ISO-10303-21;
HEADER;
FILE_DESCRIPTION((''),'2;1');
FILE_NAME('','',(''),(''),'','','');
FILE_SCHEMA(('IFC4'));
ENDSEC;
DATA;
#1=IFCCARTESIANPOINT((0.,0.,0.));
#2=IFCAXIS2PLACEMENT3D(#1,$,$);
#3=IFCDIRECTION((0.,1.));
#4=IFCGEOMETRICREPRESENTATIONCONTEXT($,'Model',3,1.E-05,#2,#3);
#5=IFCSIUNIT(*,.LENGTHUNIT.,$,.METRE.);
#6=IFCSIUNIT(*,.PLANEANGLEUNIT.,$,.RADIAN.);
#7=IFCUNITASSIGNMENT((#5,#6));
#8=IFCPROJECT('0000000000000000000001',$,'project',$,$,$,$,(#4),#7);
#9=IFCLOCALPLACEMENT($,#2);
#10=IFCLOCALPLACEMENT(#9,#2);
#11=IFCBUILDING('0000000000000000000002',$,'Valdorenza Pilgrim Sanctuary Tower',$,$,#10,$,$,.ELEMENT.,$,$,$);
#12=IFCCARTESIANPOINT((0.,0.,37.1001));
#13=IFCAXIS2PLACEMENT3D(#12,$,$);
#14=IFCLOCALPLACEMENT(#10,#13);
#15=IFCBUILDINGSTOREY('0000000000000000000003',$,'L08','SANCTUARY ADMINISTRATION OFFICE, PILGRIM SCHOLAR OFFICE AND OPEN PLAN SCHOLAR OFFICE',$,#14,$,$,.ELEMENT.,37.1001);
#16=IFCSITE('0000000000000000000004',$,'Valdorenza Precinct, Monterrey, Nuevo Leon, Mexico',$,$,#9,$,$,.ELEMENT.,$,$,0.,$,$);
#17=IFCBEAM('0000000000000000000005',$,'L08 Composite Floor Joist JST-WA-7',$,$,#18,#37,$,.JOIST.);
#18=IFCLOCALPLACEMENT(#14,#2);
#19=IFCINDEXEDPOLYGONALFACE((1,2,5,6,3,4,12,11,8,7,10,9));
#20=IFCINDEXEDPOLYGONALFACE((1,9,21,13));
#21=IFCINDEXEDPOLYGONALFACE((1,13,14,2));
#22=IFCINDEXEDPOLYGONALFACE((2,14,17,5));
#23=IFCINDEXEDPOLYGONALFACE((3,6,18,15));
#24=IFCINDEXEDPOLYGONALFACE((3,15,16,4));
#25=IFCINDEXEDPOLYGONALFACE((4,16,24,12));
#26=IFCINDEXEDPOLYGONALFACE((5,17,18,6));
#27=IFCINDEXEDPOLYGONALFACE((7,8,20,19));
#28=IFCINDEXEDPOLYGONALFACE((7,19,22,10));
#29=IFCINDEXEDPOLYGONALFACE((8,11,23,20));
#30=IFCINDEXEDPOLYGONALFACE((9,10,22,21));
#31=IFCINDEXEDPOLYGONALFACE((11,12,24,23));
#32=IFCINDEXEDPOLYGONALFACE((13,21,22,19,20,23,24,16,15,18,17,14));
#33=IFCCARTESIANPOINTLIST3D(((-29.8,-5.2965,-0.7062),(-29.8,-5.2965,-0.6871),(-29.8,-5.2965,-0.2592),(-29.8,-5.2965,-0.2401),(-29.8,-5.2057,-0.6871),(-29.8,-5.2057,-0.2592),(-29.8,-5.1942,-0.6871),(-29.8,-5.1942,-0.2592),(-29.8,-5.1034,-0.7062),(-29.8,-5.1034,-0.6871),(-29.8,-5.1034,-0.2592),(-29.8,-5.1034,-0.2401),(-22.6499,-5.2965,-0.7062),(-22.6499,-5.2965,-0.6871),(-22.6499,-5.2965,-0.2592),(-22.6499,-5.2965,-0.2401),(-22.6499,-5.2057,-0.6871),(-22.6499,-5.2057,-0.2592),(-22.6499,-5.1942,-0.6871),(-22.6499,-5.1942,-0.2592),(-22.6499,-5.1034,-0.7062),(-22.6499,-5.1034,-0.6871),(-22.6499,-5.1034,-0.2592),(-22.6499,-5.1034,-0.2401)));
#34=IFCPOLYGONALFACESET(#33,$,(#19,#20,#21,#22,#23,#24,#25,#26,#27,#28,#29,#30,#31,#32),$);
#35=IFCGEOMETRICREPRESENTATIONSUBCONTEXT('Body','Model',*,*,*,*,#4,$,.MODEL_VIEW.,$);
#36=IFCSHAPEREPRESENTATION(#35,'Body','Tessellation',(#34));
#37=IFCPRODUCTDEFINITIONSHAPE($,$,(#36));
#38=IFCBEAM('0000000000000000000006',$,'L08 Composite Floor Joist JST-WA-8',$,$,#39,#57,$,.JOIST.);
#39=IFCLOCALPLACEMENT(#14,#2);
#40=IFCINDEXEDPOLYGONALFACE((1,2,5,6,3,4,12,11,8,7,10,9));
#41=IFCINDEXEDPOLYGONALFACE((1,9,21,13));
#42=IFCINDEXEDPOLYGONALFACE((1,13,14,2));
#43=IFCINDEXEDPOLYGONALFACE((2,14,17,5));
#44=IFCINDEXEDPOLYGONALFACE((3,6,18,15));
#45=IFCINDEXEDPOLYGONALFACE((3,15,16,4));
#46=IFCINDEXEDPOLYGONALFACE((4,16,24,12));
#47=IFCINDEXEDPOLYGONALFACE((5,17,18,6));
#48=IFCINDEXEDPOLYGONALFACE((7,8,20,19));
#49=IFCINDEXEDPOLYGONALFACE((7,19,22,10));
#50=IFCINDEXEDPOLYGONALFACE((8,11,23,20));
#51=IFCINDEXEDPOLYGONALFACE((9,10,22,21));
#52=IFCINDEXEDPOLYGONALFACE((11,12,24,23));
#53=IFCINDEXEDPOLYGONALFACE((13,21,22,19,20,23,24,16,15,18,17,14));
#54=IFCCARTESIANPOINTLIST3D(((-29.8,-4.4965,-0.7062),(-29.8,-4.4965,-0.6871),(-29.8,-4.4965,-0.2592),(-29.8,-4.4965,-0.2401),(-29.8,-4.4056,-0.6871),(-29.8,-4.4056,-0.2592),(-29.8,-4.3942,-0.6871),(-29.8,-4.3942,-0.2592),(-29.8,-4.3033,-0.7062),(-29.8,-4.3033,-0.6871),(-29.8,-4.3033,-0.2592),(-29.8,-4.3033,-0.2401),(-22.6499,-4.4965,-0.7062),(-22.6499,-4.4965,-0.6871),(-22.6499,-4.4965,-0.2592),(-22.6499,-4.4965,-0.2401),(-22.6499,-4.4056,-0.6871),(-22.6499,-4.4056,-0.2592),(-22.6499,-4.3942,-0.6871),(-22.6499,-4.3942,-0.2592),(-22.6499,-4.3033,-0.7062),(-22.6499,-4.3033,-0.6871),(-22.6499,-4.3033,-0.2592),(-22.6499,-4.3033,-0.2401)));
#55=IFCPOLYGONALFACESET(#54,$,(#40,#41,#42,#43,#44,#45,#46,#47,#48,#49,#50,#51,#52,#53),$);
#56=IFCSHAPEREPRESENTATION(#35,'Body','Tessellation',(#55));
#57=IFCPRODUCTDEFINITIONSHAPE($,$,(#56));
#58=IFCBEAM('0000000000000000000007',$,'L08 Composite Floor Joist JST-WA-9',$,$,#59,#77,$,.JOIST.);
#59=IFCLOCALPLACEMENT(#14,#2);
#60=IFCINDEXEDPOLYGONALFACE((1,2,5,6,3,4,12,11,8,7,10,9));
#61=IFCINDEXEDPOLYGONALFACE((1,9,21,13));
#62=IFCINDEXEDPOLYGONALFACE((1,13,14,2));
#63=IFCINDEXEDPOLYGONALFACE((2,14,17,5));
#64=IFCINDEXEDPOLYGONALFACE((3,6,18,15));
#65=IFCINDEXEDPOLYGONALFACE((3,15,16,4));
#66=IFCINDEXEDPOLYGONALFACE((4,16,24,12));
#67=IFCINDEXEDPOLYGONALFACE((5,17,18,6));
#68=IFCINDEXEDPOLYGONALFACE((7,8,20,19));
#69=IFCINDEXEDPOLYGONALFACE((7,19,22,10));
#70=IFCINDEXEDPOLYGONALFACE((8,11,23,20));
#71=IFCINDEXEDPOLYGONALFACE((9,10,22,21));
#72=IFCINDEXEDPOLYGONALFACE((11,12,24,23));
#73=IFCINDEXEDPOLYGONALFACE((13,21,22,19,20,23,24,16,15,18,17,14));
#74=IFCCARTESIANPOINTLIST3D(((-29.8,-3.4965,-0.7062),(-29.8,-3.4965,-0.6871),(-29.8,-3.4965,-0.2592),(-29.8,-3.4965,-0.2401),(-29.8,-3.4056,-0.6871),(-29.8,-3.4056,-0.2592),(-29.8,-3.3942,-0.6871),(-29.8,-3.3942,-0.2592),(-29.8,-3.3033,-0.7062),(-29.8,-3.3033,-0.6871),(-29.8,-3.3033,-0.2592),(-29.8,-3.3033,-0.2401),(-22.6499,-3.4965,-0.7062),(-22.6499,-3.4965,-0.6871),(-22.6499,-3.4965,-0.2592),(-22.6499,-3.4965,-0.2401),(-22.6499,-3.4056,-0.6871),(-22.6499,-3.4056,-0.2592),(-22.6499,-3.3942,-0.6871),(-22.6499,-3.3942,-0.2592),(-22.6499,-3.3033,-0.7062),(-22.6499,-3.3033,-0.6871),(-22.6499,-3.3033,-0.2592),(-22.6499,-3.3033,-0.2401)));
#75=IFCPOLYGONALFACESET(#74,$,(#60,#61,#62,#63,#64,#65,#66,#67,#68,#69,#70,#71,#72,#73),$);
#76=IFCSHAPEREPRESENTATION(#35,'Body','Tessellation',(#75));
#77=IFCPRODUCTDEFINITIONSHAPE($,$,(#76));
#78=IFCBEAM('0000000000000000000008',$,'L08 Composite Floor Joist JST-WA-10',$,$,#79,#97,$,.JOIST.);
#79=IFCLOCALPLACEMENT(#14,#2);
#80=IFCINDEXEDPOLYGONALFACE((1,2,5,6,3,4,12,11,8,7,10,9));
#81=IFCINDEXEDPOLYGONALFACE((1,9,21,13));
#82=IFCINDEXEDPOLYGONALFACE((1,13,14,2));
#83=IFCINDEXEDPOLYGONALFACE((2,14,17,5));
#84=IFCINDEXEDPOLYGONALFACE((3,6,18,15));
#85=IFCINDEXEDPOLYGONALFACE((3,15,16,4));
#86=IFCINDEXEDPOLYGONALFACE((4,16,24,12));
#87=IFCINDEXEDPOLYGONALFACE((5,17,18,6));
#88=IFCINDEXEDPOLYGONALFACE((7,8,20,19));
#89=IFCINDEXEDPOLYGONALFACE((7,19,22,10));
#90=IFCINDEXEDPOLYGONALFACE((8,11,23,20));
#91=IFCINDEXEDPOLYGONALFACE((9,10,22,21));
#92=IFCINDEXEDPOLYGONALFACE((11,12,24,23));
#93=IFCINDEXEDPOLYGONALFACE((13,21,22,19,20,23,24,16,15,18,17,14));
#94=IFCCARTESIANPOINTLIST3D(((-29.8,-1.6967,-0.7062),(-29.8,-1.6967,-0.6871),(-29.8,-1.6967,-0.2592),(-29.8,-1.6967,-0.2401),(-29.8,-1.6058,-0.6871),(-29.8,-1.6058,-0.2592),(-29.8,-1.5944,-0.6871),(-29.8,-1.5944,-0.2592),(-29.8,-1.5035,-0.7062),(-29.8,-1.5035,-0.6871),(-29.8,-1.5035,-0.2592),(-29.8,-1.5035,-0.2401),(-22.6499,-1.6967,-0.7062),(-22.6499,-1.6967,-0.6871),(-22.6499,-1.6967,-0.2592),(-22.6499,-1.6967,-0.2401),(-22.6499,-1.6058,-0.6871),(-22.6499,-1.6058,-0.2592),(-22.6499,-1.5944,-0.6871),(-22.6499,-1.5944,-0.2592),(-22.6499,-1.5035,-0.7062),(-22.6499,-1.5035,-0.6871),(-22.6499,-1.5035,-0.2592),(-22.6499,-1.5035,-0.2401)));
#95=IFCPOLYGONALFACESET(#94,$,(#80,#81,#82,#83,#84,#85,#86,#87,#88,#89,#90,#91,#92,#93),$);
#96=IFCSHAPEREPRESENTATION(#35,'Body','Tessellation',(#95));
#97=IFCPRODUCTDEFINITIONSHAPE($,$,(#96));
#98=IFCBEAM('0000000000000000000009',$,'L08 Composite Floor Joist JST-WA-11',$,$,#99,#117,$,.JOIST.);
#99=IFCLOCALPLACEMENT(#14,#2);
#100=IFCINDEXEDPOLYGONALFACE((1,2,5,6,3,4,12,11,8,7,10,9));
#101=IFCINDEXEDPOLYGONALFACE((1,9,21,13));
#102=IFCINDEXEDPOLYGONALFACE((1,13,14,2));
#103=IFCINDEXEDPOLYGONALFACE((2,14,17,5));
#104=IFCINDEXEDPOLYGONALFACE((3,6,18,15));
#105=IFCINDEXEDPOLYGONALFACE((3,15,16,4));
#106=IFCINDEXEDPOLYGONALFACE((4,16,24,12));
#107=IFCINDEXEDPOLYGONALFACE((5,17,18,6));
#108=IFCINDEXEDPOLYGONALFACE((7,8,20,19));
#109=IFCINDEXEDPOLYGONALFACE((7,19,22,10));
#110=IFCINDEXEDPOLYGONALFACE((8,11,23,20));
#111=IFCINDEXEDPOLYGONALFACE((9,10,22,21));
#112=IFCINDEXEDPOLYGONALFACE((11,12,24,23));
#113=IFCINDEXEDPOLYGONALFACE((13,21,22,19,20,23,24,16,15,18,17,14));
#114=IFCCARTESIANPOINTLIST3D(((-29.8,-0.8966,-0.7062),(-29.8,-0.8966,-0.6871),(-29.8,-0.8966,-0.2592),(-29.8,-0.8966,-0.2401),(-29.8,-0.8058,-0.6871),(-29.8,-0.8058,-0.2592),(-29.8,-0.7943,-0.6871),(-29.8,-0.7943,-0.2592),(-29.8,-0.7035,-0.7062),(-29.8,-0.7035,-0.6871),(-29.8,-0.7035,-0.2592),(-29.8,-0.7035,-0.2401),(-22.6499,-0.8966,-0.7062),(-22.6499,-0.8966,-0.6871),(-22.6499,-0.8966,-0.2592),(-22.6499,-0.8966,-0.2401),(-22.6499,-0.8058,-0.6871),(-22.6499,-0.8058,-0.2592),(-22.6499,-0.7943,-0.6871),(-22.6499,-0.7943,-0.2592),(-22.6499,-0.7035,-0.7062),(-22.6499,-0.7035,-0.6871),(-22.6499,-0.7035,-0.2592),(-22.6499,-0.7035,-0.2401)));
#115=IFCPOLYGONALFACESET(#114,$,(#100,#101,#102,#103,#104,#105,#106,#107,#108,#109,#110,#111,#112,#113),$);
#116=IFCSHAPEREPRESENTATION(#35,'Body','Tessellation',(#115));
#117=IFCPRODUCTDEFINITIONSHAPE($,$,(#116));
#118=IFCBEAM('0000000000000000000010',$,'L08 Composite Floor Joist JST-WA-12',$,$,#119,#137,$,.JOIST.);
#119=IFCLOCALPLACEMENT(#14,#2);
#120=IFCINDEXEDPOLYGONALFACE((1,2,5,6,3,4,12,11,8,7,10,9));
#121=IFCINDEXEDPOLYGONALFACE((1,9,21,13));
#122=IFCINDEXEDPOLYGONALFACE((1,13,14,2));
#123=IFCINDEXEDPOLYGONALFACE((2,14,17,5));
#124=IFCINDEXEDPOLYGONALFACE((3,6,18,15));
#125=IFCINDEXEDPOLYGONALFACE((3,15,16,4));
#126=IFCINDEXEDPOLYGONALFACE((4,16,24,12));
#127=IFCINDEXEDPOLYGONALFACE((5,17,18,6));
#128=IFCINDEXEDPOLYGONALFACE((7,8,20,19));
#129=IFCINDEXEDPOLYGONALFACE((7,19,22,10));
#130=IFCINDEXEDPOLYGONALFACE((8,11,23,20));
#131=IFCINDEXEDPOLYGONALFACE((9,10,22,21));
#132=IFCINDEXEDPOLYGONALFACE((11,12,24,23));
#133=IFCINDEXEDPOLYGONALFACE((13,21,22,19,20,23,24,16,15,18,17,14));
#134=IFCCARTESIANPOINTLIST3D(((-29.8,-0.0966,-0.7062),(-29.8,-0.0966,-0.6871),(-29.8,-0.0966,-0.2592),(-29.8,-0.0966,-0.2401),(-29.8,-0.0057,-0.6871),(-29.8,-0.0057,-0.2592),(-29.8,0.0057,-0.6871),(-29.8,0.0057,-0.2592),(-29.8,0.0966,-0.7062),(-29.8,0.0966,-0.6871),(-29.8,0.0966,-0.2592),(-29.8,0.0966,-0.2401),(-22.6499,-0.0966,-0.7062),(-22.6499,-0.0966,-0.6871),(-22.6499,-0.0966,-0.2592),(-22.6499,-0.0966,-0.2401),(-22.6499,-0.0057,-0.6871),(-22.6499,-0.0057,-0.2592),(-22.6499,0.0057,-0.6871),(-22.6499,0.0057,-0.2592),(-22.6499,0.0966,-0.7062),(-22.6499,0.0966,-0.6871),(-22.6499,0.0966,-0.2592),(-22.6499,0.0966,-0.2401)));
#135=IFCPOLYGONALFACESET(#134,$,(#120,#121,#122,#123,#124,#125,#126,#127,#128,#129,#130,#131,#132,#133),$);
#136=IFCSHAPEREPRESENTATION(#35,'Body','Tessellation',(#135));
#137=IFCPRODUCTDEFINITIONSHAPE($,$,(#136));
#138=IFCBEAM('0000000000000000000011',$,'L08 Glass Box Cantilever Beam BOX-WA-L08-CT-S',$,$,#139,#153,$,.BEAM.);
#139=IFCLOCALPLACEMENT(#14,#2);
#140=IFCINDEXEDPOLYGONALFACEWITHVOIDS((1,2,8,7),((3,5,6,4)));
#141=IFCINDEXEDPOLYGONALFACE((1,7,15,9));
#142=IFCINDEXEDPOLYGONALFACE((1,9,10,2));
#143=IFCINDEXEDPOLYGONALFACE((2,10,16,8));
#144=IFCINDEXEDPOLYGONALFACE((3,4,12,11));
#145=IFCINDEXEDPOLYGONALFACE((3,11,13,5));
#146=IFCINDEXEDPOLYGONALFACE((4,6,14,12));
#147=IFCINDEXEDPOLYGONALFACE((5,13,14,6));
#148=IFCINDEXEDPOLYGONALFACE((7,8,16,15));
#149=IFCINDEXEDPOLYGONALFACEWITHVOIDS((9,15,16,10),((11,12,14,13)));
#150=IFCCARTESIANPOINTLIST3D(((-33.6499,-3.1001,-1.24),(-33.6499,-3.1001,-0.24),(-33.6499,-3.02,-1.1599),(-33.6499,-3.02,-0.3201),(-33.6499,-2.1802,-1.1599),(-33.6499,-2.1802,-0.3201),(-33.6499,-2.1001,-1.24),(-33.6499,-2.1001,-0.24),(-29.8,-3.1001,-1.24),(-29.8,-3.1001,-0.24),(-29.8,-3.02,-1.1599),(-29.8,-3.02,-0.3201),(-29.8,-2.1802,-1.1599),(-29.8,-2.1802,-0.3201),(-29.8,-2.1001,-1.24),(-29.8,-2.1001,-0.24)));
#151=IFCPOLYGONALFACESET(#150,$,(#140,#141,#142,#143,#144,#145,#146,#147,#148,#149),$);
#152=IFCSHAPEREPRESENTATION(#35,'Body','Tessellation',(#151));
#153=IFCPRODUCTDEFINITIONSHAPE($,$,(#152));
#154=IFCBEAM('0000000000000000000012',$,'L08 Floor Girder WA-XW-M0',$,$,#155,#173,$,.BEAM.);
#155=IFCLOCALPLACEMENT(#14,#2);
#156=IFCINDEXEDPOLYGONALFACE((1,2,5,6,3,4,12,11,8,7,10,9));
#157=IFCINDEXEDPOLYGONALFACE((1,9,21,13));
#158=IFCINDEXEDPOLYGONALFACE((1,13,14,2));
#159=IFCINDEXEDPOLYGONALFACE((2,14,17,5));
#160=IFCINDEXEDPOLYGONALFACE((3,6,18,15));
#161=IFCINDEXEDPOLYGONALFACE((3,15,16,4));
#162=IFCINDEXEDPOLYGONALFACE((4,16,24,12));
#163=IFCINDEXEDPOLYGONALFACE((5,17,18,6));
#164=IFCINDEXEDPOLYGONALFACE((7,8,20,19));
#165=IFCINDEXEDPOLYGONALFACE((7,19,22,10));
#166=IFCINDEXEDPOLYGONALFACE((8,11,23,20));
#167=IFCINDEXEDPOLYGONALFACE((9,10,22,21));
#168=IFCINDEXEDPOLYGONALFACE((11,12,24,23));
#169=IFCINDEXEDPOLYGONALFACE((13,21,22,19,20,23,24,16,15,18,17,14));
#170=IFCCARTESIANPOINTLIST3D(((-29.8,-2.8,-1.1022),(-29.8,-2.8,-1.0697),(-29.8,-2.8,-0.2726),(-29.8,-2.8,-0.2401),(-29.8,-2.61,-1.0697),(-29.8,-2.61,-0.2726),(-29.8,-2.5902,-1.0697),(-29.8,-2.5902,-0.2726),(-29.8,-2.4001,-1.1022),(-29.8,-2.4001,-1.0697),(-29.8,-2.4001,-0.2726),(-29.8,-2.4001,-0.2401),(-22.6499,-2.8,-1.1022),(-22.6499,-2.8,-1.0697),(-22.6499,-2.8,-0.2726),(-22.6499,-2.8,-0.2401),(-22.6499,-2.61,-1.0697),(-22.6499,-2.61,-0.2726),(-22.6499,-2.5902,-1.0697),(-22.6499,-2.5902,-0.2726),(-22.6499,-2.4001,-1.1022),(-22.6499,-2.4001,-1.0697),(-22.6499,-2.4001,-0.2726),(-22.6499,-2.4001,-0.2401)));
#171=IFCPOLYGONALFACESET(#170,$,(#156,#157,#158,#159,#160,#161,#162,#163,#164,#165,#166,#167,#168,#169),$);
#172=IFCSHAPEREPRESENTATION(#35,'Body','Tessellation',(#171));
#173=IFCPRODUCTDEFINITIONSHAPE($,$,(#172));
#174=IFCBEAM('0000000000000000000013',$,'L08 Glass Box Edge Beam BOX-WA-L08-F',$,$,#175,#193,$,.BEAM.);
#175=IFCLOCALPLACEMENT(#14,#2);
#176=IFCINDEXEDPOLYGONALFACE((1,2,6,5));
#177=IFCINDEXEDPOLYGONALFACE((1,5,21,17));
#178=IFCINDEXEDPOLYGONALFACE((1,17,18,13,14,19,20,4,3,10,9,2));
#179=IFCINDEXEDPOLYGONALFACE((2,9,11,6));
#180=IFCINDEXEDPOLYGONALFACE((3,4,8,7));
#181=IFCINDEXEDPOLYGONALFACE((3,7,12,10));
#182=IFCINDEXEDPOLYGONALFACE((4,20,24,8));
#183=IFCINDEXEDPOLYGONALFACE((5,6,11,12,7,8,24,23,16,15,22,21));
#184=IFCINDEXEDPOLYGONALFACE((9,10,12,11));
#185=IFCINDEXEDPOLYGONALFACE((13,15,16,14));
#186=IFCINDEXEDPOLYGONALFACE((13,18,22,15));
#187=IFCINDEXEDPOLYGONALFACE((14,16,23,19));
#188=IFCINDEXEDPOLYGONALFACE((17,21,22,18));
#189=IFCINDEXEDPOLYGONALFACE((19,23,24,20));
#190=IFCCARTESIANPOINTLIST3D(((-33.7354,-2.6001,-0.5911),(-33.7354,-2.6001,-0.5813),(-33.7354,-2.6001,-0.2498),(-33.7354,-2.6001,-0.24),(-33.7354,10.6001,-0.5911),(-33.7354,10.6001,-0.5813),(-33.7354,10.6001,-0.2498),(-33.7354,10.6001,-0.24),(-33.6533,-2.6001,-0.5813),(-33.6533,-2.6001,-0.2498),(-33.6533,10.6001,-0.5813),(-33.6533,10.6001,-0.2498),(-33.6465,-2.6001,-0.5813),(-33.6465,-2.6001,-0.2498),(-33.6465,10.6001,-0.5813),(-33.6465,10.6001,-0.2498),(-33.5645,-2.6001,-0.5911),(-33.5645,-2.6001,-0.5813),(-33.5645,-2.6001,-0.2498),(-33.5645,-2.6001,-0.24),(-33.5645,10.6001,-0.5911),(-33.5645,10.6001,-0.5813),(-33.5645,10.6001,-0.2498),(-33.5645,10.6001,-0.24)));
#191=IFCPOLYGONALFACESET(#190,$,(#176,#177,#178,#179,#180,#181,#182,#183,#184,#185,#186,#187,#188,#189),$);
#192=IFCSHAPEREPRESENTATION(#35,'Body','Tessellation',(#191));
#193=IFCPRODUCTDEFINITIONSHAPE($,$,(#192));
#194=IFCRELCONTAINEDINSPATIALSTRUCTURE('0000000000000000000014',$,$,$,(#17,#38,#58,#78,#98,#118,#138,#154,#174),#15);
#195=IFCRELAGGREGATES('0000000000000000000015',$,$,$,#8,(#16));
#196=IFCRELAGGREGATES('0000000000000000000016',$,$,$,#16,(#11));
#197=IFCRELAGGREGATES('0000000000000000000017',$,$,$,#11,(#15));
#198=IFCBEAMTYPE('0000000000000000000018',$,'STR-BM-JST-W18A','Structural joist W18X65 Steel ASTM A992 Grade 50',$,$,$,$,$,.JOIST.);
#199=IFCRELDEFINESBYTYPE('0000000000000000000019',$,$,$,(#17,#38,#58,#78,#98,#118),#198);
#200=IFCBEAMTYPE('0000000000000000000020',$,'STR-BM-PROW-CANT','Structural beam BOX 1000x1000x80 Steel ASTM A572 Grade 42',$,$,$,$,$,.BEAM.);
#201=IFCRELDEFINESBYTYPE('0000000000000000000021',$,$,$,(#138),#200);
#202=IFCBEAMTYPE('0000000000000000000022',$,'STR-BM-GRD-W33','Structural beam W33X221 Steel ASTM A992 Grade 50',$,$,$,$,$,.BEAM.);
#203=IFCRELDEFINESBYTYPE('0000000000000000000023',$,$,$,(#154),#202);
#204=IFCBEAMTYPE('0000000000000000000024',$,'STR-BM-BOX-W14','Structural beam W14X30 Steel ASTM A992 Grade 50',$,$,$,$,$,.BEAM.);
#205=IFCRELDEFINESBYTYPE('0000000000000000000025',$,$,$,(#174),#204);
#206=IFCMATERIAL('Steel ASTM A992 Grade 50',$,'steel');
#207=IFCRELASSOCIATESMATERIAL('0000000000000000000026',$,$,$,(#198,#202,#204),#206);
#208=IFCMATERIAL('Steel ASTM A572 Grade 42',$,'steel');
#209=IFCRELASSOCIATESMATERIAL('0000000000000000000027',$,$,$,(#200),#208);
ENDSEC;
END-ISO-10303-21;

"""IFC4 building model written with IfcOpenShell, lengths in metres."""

from ifc_helpers import new_model, si_unit, direction, frame, origin, origin_2d, place, context, subcontext, project, spatial, hollow_rectangle, i_section, extrude, source, transform, mapped, material, material_profile, profile_set, type_object, element, save


model = new_model("IFC4")

# Units and contexts
model_context = context("Model", 3, precision=1e-05, world=origin(), true_north=direction((0.0, 1.0)))
body_context = subcontext(model_context, "Body", "Model", "MODEL_VIEW")
ifc_project = project(units=[si_unit("LENGTHUNIT", "METRE"), si_unit("PLANEANGLEUNIT", "RADIAN")], contexts=[model_context])

# Site, building, storey
site_placement = place(None, origin())
site = spatial("IfcSite", under=ifc_project, at=site_placement, Name="Valdorenza Precinct, Monterrey, Nuevo Leon, Mexico", CompositionType="ELEMENT", RefElevation=0.0)
building_placement = place(site_placement, origin())
building = spatial("IfcBuilding", under=site, at=building_placement, Name="Valdorenza Pilgrim Sanctuary Tower", CompositionType="ELEMENT")
storey_placement = place(building_placement, frame((0.0, 0.0, 37.1001)))
storey = spatial("IfcBuildingStorey", under=building, at=storey_placement, Name="L08", Description="SANCTUARY ADMINISTRATION OFFICE, PILGRIM SCHOLAR OFFICE AND OPEN PLAN SCHOLAR OFFICE", CompositionType="ELEMENT", Elevation=37.1001)

# Beams
ifc_material_1 = material(Name="Steel ASTM A992 Grade 50", Category="steel")
ifc_material_profile_1 = material_profile(ifc_material_1, i_section(OverallWidth=0.1931, OverallDepth=0.4661, WebThickness=0.0115, FlangeThickness=0.019, at=origin_2d()), Name="W18X65")
ifc_profile_set_1 = profile_set([ifc_material_profile_1], Name="Steel ASTM A992 Grade 50")
beam_type_1 = type_object("IfcBeamType", Name="STR-BM-JST-W18A", Description="Structural joist W18X65 Steel ASTM A992 Grade 50", PredefinedType="JOIST", material=ifc_profile_set_1)
shared_shape_1 = source(origin(), body_context, "Body", "SweptSolid", [
    extrude(i_section(OverallWidth=0.1931, OverallDepth=0.4661, WebThickness=0.0115, FlangeThickness=0.019, at=origin_2d()), origin(), (0.0, 0.0, 1.0), 7.1501),
])
for number, where, z_axis, x_axis, name in (
    (1, (-29.8, -5.2, -0.4731), (1.0, 0.0, 0.0), (0.0, 1.0, 0.0), "L08 Composite Floor Joist JST-WA-7"),
    (2, (-29.8, -4.3999, -0.4731), (1.0, 0.0, 0.0), (0.0, 1.0, 0.0), "L08 Composite Floor Joist JST-WA-8"),
    (3, (-29.8, -3.3999, -0.4731), (1.0, 0.0, 0.0), (0.0, 1.0, 0.0), "L08 Composite Floor Joist JST-WA-9"),
    (4, (-29.8, -1.6001, -0.4731), (1.0, 0.0, 0.0), (0.0, 1.0, 0.0), "L08 Composite Floor Joist JST-WA-10"),
    (5, (-29.8, -0.8, -0.4731), (1.0, 0.0, 0.0), (0.0, 1.0, 0.0), "L08 Composite Floor Joist JST-WA-11"),
    (6, (-29.8, 0.0, -0.4731), (1.0, 0.0, 0.0), (0.0, 1.0, 0.0), "L08 Composite Floor Joist JST-WA-12"),
):
    element("IfcBeam", number, at=place(storey_placement, frame(where, z_axis=z_axis, x_axis=x_axis)), inside=storey, type_object=beam_type_1, Name=name, PredefinedType="JOIST", context=body_context, shape_type="MappedRepresentation", body=[
        mapped(shared_shape_1, transform((0.0, 0.0, 0.0), x_axis=(1.0, 0.0, 0.0), y_axis=(0.0, 1.0, 0.0), z_axis=(0.0, 0.0, 1.0), scale=1.0)),
    ])
ifc_material_2 = material(Name="Steel ASTM A572 Grade 42", Category="steel")
ifc_material_profile_2 = material_profile(ifc_material_2, hollow_rectangle(XDim=1.0, YDim=1.0, WallThickness=0.0801, at=origin_2d()), Name="BOX 1000x1000x80")
ifc_profile_set_2 = profile_set([ifc_material_profile_2], Name="Steel ASTM A572 Grade 42")
beam_type_2 = type_object("IfcBeamType", Name="STR-BM-PROW-CANT", Description="Structural beam BOX 1000x1000x80 Steel ASTM A572 Grade 42", PredefinedType="BEAM", material=ifc_profile_set_2)
shared_shape_2 = source(origin(), body_context, "Body", "SweptSolid", [
    extrude(hollow_rectangle(XDim=1.0, YDim=1.0, WallThickness=0.0801, at=origin_2d()), origin(), (0.0, 0.0, 1.0), 3.8499),
])
beam_1_placement = place(storey_placement, frame((-29.8, -2.6001, -0.74), z_axis=(-1.0, 0.0, 0.0), x_axis=(0.0, -1.0, 0.0)))
element("IfcBeam", 7, at=beam_1_placement, inside=storey, type_object=beam_type_2, Name="L08 Glass Box Cantilever Beam BOX-WA-L08-CT-S", PredefinedType="BEAM", context=body_context, shape_type="MappedRepresentation", body=[
    mapped(shared_shape_2, transform((0.0, 0.0, 0.0), x_axis=(1.0, 0.0, 0.0), y_axis=(0.0, 1.0, 0.0), z_axis=(0.0, 0.0, 1.0), scale=1.0)),
])
ifc_material_profile_3 = material_profile(ifc_material_1, i_section(OverallWidth=0.3999, OverallDepth=0.8621, WebThickness=0.0198, FlangeThickness=0.0325, at=origin_2d()), Name="W33X221")
ifc_profile_set_3 = profile_set([ifc_material_profile_3], Name="Steel ASTM A992 Grade 50")
beam_type_3 = type_object("IfcBeamType", Name="STR-BM-GRD-W33", Description="Structural beam W33X221 Steel ASTM A992 Grade 50", PredefinedType="BEAM", material=ifc_profile_set_3)
shared_shape_3 = source(origin(), body_context, "Body", "SweptSolid", [
    extrude(i_section(OverallWidth=0.3999, OverallDepth=0.8621, WebThickness=0.0198, FlangeThickness=0.0325, at=origin_2d()), origin(), (0.0, 0.0, 1.0), 7.1501),
])
beam_2_placement = place(storey_placement, frame((-29.8, -2.6001, -0.6711), z_axis=(1.0, 0.0, 0.0), x_axis=(0.0, 1.0, 0.0)))
element("IfcBeam", 8, at=beam_2_placement, inside=storey, type_object=beam_type_3, Name="L08 Floor Girder WA-XW-M0", PredefinedType="BEAM", context=body_context, shape_type="MappedRepresentation", body=[
    mapped(shared_shape_3, transform((0.0, 0.0, 0.0), x_axis=(1.0, 0.0, 0.0), y_axis=(0.0, 1.0, 0.0), z_axis=(0.0, 0.0, 1.0), scale=1.0)),
])
ifc_material_profile_4 = material_profile(ifc_material_1, i_section(OverallWidth=0.1709, OverallDepth=0.3511, WebThickness=0.0068, FlangeThickness=0.0098, at=origin_2d()), Name="W14X30")
ifc_profile_set_4 = profile_set([ifc_material_profile_4], Name="Steel ASTM A992 Grade 50")
beam_type_4 = type_object("IfcBeamType", Name="STR-BM-BOX-W14", Description="Structural beam W14X30 Steel ASTM A992 Grade 50", PredefinedType="BEAM", material=ifc_profile_set_4)
shared_shape_4 = source(origin(), body_context, "Body", "SweptSolid", [
    extrude(i_section(OverallWidth=0.1709, OverallDepth=0.3511, WebThickness=0.0068, FlangeThickness=0.0098, at=origin_2d()), origin(), (0.0, 0.0, 1.0), 13.2002),
])
beam_3_placement = place(storey_placement, frame((-33.6499, -2.6001, -0.4155), z_axis=(0.0, 1.0, 0.0), x_axis=(-1.0, 0.0, 0.0)))
element("IfcBeam", 9, at=beam_3_placement, inside=storey, type_object=beam_type_4, Name="L08 Glass Box Edge Beam BOX-WA-L08-F", PredefinedType="BEAM", context=body_context, shape_type="MappedRepresentation", body=[
    mapped(shared_shape_4, transform((0.0, 0.0, 0.0), x_axis=(1.0, 0.0, 0.0), y_axis=(0.0, 1.0, 0.0), z_axis=(0.0, 0.0, 1.0), scale=1.0)),
])

save(model, "model.ifc")
